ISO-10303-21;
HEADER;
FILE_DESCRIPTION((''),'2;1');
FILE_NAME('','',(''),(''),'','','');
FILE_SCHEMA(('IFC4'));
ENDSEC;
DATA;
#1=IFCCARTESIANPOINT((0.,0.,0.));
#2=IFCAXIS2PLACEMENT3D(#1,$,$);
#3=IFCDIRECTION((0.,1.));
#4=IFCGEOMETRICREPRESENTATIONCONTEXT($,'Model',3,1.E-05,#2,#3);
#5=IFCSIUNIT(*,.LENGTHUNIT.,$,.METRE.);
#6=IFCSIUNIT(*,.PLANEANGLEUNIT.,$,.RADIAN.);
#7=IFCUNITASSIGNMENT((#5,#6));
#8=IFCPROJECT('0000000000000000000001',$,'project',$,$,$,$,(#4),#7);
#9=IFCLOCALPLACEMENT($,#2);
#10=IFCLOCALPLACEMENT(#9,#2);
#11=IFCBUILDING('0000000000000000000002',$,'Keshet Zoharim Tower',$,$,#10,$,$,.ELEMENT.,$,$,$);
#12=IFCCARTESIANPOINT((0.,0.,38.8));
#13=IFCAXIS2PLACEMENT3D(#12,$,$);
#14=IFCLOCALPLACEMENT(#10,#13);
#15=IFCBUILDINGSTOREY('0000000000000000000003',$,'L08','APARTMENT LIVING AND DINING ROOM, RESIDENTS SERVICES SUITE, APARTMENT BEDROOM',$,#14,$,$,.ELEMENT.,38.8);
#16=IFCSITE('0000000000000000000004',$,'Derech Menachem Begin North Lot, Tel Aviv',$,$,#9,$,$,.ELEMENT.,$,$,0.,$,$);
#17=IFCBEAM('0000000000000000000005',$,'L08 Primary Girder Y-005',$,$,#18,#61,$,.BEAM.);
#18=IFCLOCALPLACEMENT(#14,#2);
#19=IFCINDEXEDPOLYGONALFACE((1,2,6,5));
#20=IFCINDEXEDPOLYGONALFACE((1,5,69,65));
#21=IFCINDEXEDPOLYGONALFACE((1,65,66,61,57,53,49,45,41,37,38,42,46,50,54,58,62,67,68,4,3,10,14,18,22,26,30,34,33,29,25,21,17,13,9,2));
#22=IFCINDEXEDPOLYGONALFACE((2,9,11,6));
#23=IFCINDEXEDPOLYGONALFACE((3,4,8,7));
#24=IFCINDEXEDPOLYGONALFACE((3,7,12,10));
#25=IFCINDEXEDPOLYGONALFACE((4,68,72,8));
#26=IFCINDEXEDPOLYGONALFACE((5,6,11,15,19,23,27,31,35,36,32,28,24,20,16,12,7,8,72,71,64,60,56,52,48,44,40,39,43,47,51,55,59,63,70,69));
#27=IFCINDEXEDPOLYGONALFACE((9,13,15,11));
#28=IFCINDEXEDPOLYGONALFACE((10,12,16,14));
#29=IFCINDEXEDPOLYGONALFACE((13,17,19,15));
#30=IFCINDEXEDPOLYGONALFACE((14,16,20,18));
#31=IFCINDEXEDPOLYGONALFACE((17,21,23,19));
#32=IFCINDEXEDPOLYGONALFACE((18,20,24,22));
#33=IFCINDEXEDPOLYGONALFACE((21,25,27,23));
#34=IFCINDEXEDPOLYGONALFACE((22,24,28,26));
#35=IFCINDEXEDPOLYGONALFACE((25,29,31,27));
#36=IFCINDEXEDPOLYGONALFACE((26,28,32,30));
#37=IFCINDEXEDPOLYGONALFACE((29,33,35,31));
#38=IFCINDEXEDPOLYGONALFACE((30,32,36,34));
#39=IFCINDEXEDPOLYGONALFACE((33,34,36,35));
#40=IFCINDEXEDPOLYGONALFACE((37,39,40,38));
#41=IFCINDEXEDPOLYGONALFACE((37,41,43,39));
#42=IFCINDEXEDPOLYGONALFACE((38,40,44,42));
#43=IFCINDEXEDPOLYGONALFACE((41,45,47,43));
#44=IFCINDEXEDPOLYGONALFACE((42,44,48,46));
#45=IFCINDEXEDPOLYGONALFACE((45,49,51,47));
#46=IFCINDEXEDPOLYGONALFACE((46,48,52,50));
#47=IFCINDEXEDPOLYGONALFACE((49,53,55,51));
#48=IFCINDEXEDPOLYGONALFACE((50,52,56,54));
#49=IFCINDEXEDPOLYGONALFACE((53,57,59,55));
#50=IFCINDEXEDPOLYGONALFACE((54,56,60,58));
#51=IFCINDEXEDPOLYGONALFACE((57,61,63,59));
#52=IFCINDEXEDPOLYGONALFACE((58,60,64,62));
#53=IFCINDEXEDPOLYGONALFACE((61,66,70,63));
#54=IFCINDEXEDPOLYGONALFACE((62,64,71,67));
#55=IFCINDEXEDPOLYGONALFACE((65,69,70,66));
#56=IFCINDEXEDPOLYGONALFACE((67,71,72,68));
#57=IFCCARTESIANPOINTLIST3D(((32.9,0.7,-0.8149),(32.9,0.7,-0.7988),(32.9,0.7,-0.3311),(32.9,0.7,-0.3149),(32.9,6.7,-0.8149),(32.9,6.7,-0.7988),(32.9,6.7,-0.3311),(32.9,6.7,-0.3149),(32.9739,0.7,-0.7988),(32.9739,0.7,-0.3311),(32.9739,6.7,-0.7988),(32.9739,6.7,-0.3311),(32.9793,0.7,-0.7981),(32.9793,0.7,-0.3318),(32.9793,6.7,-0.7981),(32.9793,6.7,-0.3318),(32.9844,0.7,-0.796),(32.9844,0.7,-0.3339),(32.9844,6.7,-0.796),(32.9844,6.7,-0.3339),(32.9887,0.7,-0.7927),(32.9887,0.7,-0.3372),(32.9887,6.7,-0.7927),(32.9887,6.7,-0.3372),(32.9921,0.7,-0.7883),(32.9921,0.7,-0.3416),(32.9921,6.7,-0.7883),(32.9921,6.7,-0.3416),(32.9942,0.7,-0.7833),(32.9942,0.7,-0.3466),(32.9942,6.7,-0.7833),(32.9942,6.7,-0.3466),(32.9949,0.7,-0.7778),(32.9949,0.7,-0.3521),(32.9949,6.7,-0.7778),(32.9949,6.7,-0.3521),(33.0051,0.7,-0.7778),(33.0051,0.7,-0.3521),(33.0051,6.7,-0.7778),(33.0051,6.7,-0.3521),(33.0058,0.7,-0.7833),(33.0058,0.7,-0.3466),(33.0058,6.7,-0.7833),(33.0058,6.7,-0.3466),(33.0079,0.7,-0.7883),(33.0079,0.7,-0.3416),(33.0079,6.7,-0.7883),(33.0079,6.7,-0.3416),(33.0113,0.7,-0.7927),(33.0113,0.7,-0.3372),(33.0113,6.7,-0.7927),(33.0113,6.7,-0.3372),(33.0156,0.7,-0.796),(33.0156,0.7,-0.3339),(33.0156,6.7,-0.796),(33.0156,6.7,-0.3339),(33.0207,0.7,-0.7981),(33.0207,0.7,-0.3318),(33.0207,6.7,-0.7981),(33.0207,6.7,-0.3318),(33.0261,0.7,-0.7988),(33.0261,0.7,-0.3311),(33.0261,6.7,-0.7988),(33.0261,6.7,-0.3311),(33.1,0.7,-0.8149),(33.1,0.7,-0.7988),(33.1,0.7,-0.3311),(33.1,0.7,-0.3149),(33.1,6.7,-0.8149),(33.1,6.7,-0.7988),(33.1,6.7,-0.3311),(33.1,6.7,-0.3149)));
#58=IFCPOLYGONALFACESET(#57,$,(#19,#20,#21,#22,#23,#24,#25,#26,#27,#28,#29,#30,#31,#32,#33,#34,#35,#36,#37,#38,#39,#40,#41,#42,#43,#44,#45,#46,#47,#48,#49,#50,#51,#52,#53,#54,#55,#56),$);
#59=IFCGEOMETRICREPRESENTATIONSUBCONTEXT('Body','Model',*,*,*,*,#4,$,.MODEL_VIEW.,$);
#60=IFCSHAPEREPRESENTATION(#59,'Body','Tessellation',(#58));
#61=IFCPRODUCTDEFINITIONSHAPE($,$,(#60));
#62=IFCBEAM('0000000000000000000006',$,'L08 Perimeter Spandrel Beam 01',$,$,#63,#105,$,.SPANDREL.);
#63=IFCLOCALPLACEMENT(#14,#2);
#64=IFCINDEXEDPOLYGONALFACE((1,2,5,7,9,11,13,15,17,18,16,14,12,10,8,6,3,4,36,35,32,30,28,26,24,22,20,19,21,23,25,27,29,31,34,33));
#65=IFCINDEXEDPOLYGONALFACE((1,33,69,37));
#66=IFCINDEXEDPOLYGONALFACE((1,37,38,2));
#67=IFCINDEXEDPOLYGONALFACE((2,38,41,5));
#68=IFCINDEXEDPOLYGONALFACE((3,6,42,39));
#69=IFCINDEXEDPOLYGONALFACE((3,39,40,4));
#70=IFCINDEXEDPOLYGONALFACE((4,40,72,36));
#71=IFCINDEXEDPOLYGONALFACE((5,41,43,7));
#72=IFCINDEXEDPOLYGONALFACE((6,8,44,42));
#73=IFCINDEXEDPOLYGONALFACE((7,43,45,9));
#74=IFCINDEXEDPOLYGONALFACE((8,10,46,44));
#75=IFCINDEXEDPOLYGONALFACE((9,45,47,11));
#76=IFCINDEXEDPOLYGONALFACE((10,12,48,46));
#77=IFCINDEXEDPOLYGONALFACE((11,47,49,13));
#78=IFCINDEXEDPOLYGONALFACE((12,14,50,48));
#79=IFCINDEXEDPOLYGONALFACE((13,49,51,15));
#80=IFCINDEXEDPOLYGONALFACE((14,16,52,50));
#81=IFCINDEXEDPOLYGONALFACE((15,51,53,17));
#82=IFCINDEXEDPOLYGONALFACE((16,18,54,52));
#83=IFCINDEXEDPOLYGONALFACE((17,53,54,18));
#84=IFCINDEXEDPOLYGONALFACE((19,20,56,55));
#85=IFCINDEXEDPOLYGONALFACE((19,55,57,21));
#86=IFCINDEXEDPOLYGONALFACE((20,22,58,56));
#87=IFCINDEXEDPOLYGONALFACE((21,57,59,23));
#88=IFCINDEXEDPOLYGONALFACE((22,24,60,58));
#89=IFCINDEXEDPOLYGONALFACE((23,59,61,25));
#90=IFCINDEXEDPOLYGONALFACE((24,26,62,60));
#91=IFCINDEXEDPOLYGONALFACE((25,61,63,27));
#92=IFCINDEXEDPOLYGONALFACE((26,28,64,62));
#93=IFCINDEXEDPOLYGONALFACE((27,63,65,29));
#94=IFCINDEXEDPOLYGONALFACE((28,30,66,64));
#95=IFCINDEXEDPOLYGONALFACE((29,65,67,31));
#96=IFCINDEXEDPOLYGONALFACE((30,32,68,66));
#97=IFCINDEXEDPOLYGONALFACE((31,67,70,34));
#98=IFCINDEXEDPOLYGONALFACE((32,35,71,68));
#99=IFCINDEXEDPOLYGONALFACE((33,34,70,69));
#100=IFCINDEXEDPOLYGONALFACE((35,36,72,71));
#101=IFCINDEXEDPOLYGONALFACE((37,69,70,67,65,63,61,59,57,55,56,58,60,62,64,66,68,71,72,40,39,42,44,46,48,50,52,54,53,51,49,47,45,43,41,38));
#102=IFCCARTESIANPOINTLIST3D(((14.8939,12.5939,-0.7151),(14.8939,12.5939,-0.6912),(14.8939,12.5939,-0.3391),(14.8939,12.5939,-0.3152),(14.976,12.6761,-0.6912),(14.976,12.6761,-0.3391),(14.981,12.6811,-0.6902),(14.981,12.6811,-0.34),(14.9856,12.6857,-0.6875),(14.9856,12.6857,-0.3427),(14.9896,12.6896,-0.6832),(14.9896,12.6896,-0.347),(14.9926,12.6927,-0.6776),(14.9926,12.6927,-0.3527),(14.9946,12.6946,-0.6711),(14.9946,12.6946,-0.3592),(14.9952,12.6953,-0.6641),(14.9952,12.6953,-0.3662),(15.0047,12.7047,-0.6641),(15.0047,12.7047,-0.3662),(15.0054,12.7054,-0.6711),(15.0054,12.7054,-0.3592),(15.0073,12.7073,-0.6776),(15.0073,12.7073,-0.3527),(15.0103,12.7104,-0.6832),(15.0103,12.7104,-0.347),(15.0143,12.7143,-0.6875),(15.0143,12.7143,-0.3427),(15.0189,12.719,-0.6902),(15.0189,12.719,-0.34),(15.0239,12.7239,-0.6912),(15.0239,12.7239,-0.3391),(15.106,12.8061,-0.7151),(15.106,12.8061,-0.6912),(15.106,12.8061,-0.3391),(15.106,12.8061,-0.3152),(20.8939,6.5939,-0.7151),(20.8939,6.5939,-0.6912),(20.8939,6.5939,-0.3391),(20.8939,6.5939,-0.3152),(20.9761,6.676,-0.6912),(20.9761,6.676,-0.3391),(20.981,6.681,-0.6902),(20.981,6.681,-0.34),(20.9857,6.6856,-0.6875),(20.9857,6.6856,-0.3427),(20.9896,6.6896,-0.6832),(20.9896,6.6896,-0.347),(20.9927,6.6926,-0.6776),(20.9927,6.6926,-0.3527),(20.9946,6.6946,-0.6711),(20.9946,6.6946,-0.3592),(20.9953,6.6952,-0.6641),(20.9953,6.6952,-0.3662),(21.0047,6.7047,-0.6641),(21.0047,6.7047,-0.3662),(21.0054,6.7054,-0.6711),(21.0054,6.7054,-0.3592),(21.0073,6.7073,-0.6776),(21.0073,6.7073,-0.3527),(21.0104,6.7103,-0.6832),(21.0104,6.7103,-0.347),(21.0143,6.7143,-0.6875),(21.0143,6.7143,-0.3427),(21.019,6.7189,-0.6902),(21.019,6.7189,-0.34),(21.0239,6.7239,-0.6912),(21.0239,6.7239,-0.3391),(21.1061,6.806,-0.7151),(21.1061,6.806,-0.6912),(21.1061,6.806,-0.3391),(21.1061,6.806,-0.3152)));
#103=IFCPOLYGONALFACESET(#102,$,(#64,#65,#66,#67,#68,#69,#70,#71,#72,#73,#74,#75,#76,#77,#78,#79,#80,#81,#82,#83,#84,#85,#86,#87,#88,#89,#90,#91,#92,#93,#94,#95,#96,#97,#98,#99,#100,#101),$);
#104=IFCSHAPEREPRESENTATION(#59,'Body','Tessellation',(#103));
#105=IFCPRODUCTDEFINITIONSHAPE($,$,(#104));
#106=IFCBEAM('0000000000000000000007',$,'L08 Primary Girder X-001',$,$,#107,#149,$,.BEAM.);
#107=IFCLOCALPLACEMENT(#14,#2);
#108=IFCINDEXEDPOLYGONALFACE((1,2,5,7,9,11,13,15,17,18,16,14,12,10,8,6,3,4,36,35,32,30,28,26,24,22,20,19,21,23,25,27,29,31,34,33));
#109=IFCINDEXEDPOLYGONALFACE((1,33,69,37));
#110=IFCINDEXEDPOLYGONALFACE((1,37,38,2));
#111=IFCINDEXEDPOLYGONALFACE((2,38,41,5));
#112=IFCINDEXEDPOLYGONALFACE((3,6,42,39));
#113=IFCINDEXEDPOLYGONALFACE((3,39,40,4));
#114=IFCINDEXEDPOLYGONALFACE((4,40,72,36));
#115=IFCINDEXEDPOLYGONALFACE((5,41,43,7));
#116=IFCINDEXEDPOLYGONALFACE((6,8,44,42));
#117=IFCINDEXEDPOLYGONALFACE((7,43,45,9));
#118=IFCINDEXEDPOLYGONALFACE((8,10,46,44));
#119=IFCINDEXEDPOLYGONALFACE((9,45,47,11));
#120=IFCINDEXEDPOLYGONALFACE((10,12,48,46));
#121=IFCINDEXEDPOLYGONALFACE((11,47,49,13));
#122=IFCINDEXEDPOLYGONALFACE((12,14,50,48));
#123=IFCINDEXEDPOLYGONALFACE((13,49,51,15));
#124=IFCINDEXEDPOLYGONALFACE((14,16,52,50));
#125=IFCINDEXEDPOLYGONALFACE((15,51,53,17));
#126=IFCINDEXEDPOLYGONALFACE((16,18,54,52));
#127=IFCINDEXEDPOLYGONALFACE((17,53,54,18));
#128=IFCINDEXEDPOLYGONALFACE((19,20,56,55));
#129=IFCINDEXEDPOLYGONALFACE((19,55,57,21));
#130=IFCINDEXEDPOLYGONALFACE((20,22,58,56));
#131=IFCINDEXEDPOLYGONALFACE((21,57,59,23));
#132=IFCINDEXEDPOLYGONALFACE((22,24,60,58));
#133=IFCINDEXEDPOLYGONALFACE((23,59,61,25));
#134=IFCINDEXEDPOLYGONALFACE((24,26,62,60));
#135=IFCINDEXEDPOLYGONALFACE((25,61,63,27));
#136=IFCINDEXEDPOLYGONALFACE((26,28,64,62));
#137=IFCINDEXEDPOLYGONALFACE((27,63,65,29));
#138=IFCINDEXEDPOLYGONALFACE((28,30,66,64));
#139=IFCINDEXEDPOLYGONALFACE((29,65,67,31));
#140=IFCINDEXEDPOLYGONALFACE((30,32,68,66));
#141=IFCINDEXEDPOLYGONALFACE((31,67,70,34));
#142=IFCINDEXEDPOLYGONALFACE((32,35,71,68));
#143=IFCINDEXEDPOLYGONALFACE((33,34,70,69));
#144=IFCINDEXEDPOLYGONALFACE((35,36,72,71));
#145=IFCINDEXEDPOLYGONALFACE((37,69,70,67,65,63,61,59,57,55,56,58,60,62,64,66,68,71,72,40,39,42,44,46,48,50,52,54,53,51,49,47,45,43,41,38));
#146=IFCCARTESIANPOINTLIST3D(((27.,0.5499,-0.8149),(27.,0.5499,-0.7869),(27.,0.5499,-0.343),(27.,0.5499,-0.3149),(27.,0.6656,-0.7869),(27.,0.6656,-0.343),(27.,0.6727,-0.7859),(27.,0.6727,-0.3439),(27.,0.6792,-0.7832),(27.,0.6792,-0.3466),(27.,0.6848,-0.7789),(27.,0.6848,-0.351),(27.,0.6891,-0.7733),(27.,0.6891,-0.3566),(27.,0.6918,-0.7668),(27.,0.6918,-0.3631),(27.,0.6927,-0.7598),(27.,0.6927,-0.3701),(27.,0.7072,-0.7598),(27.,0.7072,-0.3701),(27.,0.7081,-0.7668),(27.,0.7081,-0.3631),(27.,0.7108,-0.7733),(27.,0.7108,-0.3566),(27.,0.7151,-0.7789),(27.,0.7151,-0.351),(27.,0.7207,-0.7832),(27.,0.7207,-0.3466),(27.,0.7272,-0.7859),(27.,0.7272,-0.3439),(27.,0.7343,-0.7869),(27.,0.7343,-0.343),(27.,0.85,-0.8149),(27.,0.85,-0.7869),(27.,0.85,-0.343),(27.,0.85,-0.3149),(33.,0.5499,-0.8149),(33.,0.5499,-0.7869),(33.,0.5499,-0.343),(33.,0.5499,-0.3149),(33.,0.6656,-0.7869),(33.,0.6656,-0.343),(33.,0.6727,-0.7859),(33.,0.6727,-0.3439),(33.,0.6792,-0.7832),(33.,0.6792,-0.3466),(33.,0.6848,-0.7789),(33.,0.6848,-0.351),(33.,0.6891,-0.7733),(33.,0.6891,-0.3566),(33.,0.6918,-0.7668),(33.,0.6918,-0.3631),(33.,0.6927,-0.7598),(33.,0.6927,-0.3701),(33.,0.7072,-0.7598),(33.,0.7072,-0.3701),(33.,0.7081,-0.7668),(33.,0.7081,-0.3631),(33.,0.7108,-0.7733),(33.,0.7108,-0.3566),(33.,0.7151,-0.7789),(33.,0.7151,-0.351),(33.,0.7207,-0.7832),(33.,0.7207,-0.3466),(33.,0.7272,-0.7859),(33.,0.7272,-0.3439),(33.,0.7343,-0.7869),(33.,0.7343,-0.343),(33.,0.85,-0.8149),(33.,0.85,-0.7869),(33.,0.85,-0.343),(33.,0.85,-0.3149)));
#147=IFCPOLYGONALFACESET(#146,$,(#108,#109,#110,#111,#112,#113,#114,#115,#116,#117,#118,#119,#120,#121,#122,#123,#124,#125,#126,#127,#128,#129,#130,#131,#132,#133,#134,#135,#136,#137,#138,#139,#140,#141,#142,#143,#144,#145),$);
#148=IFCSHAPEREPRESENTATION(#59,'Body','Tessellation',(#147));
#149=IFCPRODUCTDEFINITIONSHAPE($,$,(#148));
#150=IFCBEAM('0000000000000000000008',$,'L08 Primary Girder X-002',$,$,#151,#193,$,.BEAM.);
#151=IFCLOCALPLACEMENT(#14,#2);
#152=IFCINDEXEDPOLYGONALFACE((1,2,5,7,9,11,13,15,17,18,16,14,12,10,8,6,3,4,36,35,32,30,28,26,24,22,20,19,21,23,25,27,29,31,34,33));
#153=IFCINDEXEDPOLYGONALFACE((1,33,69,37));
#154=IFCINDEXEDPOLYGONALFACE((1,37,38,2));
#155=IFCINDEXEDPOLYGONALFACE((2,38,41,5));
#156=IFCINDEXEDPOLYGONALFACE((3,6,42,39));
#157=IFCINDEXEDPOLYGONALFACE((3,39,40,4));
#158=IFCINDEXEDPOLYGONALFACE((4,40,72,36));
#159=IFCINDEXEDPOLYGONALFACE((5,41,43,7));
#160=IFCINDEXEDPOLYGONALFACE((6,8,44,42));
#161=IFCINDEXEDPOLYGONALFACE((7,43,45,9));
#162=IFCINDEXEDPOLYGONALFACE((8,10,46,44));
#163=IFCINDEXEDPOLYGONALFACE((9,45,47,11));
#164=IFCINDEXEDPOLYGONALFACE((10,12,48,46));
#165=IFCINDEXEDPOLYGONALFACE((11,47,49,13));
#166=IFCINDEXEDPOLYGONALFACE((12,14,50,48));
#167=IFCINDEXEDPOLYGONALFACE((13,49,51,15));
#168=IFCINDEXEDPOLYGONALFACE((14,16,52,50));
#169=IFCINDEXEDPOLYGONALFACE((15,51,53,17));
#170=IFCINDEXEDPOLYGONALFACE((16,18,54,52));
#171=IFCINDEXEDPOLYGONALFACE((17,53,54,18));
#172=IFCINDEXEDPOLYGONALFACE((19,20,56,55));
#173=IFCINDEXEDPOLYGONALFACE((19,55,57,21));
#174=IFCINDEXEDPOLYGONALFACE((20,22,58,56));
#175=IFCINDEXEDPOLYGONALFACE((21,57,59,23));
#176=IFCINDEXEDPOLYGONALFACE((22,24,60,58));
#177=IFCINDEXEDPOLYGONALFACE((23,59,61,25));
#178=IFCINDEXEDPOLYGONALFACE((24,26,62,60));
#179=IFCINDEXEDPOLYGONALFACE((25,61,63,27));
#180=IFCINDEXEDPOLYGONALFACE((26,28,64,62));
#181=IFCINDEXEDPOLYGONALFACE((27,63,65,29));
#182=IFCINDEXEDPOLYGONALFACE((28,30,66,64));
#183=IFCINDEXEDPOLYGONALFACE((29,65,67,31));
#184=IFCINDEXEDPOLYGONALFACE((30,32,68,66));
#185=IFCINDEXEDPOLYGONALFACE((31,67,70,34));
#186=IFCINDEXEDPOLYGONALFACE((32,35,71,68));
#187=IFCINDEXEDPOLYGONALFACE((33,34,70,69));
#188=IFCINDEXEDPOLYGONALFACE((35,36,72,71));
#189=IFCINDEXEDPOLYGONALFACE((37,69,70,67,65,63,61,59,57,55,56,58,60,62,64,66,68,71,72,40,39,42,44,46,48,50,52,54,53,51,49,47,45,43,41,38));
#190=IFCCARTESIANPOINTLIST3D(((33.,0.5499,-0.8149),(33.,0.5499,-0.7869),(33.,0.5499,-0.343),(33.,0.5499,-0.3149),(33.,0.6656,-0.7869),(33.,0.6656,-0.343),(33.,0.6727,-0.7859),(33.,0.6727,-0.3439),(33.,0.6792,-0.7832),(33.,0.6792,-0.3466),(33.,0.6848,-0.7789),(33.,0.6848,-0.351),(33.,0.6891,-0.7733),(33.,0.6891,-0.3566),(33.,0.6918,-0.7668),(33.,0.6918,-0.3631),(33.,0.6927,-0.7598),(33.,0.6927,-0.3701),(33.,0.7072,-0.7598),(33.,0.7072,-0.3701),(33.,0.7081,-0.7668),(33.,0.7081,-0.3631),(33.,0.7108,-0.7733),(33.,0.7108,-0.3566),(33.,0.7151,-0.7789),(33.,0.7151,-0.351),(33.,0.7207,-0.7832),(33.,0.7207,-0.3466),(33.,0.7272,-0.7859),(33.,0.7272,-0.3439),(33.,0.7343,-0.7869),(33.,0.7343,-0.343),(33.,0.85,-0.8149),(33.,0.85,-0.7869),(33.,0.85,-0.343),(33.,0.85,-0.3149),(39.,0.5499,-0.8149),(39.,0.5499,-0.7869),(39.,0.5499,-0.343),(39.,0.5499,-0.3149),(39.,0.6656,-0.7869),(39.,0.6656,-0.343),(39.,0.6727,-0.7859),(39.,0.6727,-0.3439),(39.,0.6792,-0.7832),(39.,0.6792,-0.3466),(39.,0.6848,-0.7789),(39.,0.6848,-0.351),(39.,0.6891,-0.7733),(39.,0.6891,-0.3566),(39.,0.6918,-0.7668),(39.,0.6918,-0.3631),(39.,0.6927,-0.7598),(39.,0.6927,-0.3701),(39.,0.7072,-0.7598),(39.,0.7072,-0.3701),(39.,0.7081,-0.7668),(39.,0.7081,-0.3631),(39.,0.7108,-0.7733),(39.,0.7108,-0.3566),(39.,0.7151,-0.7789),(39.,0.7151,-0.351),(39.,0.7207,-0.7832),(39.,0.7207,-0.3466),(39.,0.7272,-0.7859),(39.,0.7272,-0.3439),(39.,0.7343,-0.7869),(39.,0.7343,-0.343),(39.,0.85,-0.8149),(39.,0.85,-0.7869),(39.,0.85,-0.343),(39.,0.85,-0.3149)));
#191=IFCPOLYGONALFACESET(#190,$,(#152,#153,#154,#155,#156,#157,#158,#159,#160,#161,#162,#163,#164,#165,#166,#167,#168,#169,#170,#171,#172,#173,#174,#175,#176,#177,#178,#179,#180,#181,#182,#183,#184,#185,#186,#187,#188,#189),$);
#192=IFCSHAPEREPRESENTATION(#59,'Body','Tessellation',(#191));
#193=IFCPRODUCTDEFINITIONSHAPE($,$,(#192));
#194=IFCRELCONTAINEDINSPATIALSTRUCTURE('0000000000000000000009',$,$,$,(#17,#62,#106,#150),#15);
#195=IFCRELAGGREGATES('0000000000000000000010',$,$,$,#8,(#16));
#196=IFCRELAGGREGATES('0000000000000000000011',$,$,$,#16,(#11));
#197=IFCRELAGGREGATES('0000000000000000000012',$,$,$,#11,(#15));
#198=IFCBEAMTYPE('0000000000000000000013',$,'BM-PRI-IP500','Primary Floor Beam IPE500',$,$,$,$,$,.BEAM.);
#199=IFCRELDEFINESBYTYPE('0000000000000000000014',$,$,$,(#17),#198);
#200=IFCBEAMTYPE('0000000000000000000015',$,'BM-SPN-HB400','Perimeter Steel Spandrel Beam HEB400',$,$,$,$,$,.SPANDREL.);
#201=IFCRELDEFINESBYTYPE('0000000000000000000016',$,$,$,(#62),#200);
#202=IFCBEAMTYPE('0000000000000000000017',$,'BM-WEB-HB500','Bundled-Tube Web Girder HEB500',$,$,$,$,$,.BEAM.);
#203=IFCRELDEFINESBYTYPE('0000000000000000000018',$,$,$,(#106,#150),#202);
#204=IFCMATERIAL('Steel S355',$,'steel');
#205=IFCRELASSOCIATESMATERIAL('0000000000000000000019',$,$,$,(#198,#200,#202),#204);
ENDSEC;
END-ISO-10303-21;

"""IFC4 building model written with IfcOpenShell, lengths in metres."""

from ifc_helpers import new_model, si_unit, direction, frame, origin, origin_2d, place, context, subcontext, project, spatial, i_section, extrude, material, material_profile, profile_set, type_object, element, save


model = new_model("IFC4")

# Units and contexts
model_context = context("Model", 3, precision=1e-05, world=origin(), true_north=direction((0.0, 1.0)))
body_context = subcontext(model_context, "Body", "Model", "MODEL_VIEW")
ifc_project = project(units=[si_unit("LENGTHUNIT", "METRE"), si_unit("PLANEANGLEUNIT", "RADIAN")], contexts=[model_context])

# Site, building, storey
site_placement = place(None, origin())
site = spatial("IfcSite", under=ifc_project, at=site_placement, Name="Derech Menachem Begin North Lot, Tel Aviv", CompositionType="ELEMENT", RefElevation=0.0)
building_placement = place(site_placement, origin())
building = spatial("IfcBuilding", under=site, at=building_placement, Name="Keshet Zoharim Tower", CompositionType="ELEMENT")
storey_placement = place(building_placement, frame((0.0, 0.0, 38.8)))
storey = spatial("IfcBuildingStorey", under=building, at=storey_placement, Name="L08", Description="APARTMENT LIVING AND DINING ROOM, RESIDENTS SERVICES SUITE, APARTMENT BEDROOM", CompositionType="ELEMENT", Elevation=38.8)

# Shared definitions
ifc_material_1 = material(Name="Steel S355", Category="steel")

# Beams
ifc_material_profile_1 = material_profile(ifc_material_1, i_section(OverallWidth=0.2, OverallDepth=0.5, WebThickness=0.0103, FlangeThickness=0.0161, FilletRadius=0.021, at=origin_2d()), Name="IPE500")
ifc_profile_set_1 = profile_set([ifc_material_profile_1], Name="Steel S355")
beam_type_1 = type_object("IfcBeamType", Name="BM-PRI-IP500", Description="Primary Floor Beam IPE500", PredefinedType="BEAM", material=ifc_profile_set_1)
for number, where, z_axis, x_axis, name in (
    (1, (33.0, 0.7, -0.5649), (0.0, 1.0, 0.0), (-1.0, 0.0, 0.0), "L08 Primary Girder Y-005"),
):
    element("IfcBeam", number, at=place(storey_placement, frame(where, z_axis=z_axis, x_axis=x_axis)), inside=storey, type_object=beam_type_1, Name=name, PredefinedType="BEAM", context=body_context, shape_type="SweptSolid", body=[
        extrude(i_section(OverallWidth=0.2, OverallDepth=0.5, WebThickness=0.0103, FlangeThickness=0.0161, FilletRadius=0.021, at=origin_2d()), origin(), (0.0, 0.0, 1.0), 6.0),
    ])
ifc_material_profile_2 = material_profile(ifc_material_1, i_section(OverallWidth=0.3, OverallDepth=0.3999, WebThickness=0.0134, FlangeThickness=0.0239, FilletRadius=0.0271, at=origin_2d()), Name="HEB400")
ifc_profile_set_2 = profile_set([ifc_material_profile_2], Name="Steel S355")
beam_type_2 = type_object("IfcBeamType", Name="BM-SPN-HB400", Description="Perimeter Steel Spandrel Beam HEB400", PredefinedType="SPANDREL", material=ifc_profile_set_2)
beam_placement = place(storey_placement, frame((21.0, 6.7, -0.5151), z_axis=(-0.707107, 0.707107, 0.0), x_axis=(-0.707107, -0.707107, 0.0)))
element("IfcBeam", 2, at=beam_placement, inside=storey, type_object=beam_type_2, Name="L08 Perimeter Spandrel Beam 01", PredefinedType="SPANDREL", context=body_context, shape_type="SweptSolid", body=[
    extrude(i_section(OverallWidth=0.3, OverallDepth=0.3999, WebThickness=0.0134, FlangeThickness=0.0239, FilletRadius=0.0271, at=origin_2d()), origin(), (0.0, 0.0, 1.0), 8.4854),
])
ifc_material_profile_3 = material_profile(ifc_material_1, i_section(OverallWidth=0.3, OverallDepth=0.5, WebThickness=0.0144, FlangeThickness=0.0281, FilletRadius=0.0271, at=origin_2d()), Name="HEB500")
ifc_profile_set_3 = profile_set([ifc_material_profile_3], Name="Steel S355")
beam_type_3 = type_object("IfcBeamType", Name="BM-WEB-HB500", Description="Bundled-Tube Web Girder HEB500", PredefinedType="BEAM", material=ifc_profile_set_3)
for number, where, z_axis, x_axis, name in (
    (3, (27.0, 0.7, -0.5649), (1.0, 0.0, 0.0), (0.0, 1.0, 0.0), "L08 Primary Girder X-001"),
    (4, (33.0, 0.7, -0.5649), (1.0, 0.0, 0.0), (0.0, 1.0, 0.0), "L08 Primary Girder X-002"),
):
    element("IfcBeam", number, at=place(storey_placement, frame(where, z_axis=z_axis, x_axis=x_axis)), inside=storey, type_object=beam_type_3, Name=name, PredefinedType="BEAM", context=body_context, shape_type="SweptSolid", body=[
        extrude(i_section(OverallWidth=0.3, OverallDepth=0.5, WebThickness=0.0144, FlangeThickness=0.0281, FilletRadius=0.0271, at=origin_2d()), origin(), (0.0, 0.0, 1.0), 6.0),
    ])

save(model, "model.ifc")
